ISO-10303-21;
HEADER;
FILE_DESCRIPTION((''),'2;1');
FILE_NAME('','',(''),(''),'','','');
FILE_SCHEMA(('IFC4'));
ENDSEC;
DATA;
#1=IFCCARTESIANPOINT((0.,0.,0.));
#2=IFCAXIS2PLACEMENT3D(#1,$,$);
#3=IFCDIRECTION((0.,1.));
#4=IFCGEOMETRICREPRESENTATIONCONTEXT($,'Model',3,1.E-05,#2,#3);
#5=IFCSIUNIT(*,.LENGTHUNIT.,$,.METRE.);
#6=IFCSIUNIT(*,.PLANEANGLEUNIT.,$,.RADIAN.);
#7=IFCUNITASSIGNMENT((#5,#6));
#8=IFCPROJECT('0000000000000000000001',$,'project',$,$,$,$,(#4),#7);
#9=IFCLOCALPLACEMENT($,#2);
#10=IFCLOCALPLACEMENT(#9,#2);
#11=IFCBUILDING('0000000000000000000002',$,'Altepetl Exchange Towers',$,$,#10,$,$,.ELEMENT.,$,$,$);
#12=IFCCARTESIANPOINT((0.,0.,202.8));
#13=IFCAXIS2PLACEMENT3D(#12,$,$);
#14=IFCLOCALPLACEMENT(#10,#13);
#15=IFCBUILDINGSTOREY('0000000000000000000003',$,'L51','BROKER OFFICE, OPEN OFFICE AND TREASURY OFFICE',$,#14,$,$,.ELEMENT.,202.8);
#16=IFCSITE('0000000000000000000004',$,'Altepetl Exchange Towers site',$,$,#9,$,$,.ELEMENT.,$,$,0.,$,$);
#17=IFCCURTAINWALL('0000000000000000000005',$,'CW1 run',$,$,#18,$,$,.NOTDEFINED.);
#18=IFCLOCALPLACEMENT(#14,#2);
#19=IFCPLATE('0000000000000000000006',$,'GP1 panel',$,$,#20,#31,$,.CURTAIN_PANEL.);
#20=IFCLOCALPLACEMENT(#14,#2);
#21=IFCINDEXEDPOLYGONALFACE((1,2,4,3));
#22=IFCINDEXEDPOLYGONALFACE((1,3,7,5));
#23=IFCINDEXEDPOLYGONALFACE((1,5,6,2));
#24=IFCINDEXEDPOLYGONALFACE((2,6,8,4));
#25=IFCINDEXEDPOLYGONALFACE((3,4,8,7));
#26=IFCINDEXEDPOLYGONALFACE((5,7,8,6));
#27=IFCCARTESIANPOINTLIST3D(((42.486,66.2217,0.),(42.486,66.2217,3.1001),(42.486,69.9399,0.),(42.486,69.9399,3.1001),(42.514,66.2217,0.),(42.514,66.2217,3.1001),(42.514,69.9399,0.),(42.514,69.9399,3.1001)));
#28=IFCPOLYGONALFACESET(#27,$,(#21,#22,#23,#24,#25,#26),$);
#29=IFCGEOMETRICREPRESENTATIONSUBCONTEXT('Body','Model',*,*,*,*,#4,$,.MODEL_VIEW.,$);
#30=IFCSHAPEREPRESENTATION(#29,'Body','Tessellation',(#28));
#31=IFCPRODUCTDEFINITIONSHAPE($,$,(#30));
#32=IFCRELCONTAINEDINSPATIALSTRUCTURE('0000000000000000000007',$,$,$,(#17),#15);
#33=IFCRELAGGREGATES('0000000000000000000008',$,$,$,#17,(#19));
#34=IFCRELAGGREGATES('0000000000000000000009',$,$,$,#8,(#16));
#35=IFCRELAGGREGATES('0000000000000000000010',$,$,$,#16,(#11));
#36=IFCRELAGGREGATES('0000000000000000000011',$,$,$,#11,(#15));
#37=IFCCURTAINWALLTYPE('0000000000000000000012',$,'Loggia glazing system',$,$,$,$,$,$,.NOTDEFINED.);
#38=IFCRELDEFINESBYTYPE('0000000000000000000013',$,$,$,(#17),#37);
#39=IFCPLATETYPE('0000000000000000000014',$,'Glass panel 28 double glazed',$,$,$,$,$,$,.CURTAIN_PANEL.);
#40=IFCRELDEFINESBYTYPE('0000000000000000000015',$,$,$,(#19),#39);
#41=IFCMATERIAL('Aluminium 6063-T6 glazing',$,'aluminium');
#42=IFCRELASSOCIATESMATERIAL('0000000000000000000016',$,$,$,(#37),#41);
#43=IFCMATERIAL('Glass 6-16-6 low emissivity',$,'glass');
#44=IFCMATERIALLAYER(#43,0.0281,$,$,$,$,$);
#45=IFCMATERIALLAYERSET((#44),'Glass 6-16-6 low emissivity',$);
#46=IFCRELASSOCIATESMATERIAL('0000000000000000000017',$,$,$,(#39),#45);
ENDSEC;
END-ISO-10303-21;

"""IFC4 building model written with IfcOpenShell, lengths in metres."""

from ifc_helpers import new_model, si_unit, direction, frame, origin, origin_2d, place, context, subcontext, project, spatial, rectangle, extrude, material, layer, layer_set, type_object, element, aggregate, save


model = new_model("IFC4")

# Units and contexts
model_context = context("Model", 3, precision=1e-05, world=origin(), true_north=direction((0.0, 1.0)))
body_context = subcontext(model_context, "Body", "Model", "MODEL_VIEW")
ifc_project = project(units=[si_unit("LENGTHUNIT", "METRE"), si_unit("PLANEANGLEUNIT", "RADIAN")], contexts=[model_context])

# Site, building, storey
site_placement = place(None, origin())
site = spatial("IfcSite", under=ifc_project, at=site_placement, Name="Altepetl Exchange Towers site", CompositionType="ELEMENT", RefElevation=0.0)
building_placement = place(site_placement, origin())
building = spatial("IfcBuilding", under=site, at=building_placement, Name="Altepetl Exchange Towers", CompositionType="ELEMENT")
storey_placement = place(building_placement, frame((0.0, 0.0, 202.8)))
storey = spatial("IfcBuildingStorey", under=building, at=storey_placement, Name="L51", Description="BROKER OFFICE, OPEN OFFICE AND TREASURY OFFICE", CompositionType="ELEMENT", Elevation=202.8)

# Curtain wall
ifc_material_1 = material(Name="Aluminium 6063-T6 glazing", Category="aluminium")
curtain_wall_type = type_object("IfcCurtainWallType", Name="Loggia glazing system", PredefinedType="NOTDEFINED", material=ifc_material_1)
curtain_wall_1_placement = place(storey_placement, origin())
curtain_wall_1 = element("IfcCurtainWall", 1, at=curtain_wall_1_placement, inside=storey, type_object=curtain_wall_type, Name="CW1 run", PredefinedType="NOTDEFINED")

# Plate
ifc_material_2 = material(Name="Glass 6-16-6 low emissivity", Category="glass")
ifc_layer = layer(ifc_material_2, 0.0281)
ifc_layer_set = layer_set([ifc_layer], Name="Glass 6-16-6 low emissivity")
plate_type = type_object("IfcPlateType", Name="Glass panel 28 double glazed", PredefinedType="CURTAIN_PANEL", material=ifc_layer_set)
plate_1_placement = place(storey_placement, frame((42.5, 68.0808, 0.0), z_axis=(0.0, 0.0, 1.0), x_axis=(0.0, -1.0, 0.0)))
plate_1 = element("IfcPlate", 2, at=plate_1_placement, type_object=plate_type, Name="GP1 panel", PredefinedType="CURTAIN_PANEL", context=body_context, shape_type="SweptSolid", body=[
    extrude(rectangle(XDim=3.7183, YDim=0.0281, at=origin_2d()), origin(), (0.0, 0.0, 1.0), 3.1001),
])
aggregate(curtain_wall_1, [plate_1])

save(model, "model.ifc")
